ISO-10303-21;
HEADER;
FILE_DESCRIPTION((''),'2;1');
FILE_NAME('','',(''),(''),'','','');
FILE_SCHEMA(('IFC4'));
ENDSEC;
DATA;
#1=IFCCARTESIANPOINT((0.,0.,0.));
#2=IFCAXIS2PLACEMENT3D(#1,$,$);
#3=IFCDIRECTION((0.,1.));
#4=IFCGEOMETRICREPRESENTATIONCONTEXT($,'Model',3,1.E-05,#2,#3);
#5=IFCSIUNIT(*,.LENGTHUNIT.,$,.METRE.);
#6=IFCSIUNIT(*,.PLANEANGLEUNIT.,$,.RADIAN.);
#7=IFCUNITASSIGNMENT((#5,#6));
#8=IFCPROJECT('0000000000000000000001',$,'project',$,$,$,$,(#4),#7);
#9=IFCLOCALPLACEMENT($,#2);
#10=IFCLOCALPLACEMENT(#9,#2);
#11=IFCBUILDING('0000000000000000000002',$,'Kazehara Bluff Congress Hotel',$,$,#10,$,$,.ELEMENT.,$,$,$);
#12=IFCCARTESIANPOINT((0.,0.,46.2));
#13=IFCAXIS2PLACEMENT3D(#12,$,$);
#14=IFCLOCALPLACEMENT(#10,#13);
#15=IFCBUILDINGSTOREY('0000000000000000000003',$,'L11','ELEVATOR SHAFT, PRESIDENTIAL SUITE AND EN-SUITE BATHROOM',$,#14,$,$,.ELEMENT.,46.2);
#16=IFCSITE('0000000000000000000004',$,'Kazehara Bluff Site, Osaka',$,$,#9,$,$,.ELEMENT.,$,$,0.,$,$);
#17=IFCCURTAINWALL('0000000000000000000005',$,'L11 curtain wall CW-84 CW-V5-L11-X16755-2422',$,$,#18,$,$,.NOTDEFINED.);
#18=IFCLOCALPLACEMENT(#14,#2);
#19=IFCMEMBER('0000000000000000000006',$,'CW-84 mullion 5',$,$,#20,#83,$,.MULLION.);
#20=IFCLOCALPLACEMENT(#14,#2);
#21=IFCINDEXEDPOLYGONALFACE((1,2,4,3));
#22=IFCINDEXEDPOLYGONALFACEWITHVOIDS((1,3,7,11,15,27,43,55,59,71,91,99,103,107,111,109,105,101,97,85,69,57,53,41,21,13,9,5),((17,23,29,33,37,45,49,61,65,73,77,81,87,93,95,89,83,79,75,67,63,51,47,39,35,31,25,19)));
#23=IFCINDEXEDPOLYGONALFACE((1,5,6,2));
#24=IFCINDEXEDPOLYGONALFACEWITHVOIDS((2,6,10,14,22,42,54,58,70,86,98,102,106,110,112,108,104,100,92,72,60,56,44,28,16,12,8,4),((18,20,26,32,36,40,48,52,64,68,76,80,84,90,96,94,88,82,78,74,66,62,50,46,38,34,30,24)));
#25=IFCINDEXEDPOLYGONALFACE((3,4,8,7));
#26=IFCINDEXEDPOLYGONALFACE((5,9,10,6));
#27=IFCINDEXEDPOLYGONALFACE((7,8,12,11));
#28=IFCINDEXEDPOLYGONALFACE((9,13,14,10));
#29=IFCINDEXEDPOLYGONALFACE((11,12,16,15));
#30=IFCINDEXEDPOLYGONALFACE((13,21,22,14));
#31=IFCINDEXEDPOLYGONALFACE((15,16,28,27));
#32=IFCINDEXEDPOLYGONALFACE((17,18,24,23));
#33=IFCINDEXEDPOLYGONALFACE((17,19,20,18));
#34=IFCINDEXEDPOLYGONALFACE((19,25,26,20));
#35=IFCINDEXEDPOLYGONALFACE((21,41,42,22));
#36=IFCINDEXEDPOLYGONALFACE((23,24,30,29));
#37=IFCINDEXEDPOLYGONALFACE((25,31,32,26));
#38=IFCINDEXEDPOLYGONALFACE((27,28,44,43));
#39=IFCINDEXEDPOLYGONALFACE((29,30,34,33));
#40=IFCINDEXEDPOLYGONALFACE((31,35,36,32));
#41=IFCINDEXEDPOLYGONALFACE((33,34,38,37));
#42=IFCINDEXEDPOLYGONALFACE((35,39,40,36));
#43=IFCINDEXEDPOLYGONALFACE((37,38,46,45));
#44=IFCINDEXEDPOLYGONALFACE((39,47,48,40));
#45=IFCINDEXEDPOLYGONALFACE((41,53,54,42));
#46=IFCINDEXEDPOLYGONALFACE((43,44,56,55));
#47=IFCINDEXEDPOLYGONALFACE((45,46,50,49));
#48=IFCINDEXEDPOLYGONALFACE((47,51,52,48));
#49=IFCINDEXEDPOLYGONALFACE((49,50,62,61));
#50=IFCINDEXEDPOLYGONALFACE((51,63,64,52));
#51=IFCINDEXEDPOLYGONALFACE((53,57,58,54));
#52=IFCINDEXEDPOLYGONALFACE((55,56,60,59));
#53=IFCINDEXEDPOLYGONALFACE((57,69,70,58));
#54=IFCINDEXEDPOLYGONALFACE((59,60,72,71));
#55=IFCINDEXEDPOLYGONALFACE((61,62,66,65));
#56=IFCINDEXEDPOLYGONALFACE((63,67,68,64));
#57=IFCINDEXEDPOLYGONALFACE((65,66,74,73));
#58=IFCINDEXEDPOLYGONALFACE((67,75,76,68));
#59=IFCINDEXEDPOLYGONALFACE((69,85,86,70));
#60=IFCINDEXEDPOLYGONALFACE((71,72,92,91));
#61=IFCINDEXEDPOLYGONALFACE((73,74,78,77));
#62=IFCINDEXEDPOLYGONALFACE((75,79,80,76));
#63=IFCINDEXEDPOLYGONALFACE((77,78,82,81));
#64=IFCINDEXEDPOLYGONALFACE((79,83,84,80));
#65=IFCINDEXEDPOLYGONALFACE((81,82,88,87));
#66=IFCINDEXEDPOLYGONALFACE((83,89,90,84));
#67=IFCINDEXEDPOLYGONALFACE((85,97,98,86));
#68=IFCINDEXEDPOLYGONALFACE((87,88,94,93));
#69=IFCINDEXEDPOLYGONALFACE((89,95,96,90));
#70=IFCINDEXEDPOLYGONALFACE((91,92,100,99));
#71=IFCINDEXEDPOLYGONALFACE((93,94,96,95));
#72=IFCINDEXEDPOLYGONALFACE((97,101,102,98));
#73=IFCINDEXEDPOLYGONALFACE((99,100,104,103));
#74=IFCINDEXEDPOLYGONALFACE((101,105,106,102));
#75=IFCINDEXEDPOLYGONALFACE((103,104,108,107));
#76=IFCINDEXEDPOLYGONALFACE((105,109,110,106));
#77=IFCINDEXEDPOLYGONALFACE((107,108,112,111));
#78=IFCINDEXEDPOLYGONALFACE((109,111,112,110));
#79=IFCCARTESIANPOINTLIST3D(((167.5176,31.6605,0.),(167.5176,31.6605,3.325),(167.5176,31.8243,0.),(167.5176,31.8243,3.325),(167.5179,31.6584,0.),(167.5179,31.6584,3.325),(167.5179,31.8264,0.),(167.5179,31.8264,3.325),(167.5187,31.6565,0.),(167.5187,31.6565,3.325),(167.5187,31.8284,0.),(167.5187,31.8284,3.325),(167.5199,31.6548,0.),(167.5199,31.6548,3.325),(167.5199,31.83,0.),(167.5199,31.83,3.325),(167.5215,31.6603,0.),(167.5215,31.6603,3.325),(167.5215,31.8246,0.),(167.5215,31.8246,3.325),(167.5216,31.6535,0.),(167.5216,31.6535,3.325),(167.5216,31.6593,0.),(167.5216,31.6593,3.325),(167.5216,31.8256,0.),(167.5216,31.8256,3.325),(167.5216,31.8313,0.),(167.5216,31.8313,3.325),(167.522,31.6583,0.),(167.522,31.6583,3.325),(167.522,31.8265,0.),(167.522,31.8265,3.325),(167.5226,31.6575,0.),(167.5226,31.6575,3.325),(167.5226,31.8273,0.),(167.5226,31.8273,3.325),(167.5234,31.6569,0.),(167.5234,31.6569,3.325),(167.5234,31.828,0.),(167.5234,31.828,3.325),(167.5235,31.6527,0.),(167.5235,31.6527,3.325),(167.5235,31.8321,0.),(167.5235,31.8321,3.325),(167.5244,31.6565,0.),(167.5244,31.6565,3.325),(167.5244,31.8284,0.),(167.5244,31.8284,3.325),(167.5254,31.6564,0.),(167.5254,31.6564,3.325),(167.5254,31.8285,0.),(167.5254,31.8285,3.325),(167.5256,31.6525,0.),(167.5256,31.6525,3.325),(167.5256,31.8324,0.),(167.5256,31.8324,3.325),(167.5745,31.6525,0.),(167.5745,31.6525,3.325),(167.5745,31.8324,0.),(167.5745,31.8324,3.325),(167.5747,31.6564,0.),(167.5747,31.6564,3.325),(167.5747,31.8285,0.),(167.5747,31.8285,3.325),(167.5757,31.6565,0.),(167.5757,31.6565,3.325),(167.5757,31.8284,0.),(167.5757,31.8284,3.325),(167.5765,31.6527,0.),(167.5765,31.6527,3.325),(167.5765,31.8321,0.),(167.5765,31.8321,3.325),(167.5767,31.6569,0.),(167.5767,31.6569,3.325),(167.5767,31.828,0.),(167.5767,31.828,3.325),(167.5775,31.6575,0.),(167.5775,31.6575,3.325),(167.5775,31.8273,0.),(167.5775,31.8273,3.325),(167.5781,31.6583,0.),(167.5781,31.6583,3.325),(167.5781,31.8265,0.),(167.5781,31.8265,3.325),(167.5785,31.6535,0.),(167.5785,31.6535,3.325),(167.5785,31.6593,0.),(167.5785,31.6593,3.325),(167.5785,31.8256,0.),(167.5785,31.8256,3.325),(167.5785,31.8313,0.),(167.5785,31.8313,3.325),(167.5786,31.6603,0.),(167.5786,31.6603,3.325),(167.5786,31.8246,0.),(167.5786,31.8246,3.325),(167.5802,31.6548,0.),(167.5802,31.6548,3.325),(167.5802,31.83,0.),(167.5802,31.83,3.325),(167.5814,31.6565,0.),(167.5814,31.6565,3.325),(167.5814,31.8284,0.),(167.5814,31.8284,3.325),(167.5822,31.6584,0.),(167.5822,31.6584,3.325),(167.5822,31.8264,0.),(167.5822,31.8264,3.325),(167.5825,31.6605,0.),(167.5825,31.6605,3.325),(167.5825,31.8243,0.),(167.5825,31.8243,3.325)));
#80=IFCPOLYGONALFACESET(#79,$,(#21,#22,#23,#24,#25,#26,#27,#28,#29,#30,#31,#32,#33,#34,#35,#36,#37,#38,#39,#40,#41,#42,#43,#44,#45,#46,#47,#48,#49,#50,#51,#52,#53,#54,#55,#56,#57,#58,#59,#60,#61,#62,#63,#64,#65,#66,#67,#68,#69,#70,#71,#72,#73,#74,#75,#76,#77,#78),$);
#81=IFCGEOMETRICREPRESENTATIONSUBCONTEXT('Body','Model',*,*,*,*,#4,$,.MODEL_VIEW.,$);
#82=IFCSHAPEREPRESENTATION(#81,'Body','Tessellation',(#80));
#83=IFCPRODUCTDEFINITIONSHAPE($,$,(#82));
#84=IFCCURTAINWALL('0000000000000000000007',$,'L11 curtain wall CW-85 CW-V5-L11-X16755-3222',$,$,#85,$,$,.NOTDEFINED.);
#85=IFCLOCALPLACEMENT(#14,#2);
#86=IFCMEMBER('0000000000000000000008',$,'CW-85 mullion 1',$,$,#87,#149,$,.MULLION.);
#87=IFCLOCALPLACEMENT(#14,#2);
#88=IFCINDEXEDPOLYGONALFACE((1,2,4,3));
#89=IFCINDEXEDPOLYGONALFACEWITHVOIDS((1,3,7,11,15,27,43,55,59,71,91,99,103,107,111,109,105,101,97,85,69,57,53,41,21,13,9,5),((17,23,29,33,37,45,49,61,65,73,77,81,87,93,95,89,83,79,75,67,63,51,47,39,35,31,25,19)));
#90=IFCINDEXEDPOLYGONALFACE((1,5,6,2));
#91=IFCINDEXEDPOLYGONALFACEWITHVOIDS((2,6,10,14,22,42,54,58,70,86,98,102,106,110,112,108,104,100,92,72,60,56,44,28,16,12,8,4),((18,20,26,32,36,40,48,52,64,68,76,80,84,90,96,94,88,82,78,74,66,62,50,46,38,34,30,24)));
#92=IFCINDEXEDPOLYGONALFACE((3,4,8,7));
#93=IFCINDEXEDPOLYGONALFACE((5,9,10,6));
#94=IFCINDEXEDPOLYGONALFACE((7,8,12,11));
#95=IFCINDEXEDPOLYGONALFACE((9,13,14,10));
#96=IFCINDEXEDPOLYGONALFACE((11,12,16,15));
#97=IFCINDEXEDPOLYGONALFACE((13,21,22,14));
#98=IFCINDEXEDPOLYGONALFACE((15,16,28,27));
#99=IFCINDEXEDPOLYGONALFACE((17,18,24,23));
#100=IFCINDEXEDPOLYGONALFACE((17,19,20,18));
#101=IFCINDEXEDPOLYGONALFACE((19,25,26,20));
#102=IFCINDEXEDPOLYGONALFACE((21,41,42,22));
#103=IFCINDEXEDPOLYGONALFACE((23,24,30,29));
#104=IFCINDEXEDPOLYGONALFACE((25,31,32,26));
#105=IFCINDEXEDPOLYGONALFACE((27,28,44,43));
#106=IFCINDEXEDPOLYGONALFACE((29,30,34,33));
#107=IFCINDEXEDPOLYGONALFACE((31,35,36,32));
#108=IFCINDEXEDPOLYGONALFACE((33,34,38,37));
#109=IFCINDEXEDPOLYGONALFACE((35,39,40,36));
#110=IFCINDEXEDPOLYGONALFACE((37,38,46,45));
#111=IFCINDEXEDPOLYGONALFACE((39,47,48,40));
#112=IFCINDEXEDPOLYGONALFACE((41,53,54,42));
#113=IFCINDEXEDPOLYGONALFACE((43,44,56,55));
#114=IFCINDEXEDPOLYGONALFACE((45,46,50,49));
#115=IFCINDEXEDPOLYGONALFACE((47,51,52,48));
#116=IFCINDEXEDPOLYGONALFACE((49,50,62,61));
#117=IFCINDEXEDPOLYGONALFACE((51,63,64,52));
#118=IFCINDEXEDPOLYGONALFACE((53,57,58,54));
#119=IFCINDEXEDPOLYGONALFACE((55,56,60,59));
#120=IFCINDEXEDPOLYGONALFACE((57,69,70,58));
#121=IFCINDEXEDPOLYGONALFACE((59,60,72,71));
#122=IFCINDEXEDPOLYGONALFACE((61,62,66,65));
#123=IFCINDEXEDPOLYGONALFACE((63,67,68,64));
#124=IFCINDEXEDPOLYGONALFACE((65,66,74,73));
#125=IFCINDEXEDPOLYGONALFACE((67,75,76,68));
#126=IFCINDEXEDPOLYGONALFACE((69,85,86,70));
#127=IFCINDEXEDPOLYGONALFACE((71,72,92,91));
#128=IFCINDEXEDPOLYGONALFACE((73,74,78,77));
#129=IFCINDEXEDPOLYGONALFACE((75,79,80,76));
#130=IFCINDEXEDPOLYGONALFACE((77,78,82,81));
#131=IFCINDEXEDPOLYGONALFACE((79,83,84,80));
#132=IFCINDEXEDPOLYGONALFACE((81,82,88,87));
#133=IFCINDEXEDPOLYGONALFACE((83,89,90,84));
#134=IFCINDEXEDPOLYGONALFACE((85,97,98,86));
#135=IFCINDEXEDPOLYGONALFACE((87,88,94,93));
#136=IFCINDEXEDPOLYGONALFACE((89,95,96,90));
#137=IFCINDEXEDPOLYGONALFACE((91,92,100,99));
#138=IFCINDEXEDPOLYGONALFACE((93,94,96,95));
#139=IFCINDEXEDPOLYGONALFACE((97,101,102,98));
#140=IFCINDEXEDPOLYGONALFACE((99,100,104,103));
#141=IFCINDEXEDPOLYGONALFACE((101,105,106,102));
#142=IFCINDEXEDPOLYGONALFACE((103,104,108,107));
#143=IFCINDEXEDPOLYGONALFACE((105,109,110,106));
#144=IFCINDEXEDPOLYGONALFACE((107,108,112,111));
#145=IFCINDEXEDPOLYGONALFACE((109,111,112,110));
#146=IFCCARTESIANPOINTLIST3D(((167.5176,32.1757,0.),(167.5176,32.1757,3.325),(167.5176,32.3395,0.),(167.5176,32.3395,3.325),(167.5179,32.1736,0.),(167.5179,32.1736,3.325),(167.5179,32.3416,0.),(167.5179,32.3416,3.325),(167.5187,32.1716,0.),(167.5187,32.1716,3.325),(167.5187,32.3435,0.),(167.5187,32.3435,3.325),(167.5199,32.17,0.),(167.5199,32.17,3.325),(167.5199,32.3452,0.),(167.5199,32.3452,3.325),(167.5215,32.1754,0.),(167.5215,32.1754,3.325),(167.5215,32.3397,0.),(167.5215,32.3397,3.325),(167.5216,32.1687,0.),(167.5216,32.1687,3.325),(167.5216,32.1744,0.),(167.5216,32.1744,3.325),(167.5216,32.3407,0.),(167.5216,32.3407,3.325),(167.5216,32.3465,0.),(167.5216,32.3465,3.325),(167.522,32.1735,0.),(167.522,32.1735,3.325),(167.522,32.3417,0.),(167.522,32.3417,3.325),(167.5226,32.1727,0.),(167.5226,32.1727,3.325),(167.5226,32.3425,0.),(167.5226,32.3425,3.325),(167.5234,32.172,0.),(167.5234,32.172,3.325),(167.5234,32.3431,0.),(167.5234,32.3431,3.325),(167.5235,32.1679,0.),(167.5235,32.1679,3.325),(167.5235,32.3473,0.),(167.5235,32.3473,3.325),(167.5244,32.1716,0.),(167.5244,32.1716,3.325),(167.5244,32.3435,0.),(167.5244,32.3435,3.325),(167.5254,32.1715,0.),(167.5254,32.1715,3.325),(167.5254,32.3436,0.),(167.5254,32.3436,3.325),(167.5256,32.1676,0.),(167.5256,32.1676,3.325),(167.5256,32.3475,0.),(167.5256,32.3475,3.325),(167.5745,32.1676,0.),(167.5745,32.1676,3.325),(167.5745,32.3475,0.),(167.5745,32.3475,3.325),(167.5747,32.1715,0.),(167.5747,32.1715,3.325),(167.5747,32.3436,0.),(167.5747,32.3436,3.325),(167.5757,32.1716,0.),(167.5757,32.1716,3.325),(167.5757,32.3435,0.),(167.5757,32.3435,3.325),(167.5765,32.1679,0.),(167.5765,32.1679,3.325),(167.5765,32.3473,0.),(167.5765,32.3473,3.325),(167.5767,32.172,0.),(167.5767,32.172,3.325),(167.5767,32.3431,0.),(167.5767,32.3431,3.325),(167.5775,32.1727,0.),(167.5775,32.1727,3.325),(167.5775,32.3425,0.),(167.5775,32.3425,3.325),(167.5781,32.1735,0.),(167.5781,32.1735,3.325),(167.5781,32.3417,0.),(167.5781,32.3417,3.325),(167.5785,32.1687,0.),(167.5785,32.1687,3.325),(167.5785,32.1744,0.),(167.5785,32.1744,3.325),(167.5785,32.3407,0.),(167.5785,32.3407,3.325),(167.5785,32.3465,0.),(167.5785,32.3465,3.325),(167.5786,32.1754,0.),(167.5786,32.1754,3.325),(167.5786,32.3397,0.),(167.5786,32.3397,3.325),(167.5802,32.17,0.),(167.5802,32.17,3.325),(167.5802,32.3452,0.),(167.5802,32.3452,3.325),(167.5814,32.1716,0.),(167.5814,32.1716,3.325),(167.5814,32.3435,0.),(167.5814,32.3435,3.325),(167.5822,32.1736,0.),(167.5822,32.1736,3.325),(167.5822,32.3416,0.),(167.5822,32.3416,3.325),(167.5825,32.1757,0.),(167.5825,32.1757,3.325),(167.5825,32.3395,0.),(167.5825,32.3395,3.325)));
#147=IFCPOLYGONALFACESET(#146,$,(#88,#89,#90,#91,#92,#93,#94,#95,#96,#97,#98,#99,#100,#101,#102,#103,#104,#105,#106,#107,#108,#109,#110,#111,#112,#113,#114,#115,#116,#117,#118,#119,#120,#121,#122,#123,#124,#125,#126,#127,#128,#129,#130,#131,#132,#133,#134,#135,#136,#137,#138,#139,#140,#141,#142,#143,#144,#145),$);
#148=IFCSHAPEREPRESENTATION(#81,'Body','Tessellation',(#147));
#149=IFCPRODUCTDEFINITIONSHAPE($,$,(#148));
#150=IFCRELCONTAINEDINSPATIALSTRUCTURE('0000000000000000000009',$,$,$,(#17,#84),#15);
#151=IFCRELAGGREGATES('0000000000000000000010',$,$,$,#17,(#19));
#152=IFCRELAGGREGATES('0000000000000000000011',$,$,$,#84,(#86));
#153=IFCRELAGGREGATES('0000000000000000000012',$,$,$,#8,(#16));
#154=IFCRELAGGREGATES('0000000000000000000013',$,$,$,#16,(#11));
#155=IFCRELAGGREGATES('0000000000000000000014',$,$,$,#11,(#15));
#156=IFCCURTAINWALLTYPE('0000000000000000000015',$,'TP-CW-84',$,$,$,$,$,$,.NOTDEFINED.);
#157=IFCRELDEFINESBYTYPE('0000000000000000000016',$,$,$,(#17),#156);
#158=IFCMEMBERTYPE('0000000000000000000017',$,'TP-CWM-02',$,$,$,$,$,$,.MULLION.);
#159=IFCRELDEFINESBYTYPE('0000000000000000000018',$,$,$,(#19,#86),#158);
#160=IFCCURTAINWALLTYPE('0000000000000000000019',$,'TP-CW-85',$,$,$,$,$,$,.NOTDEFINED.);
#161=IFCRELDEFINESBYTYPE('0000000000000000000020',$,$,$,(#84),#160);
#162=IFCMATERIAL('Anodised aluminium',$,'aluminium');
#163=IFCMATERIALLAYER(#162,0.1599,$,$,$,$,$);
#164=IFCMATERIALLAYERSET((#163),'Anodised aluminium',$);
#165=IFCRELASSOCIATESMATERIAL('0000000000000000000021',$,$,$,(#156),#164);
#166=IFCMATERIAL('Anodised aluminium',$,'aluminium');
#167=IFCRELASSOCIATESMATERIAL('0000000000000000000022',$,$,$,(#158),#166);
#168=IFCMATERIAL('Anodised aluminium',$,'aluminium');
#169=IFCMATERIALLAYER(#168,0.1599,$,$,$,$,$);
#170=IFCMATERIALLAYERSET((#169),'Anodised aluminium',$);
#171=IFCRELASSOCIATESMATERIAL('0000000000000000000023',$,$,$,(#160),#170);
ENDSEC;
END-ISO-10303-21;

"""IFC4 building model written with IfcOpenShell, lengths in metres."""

from ifc_helpers import new_model, si_unit, direction, frame, origin, origin_2d, place, context, subcontext, project, spatial, hollow_rectangle, extrude, material, layer, layer_set, material_profile, profile_set, type_object, element, aggregate, save


model = new_model("IFC4")

# Units and contexts
model_context = context("Model", 3, precision=1e-05, world=origin(), true_north=direction((0.0, 1.0)))
body_context = subcontext(model_context, "Body", "Model", "MODEL_VIEW")
ifc_project = project(units=[si_unit("LENGTHUNIT", "METRE"), si_unit("PLANEANGLEUNIT", "RADIAN")], contexts=[model_context])

# Site, building, storey
site_placement = place(None, origin())
site = spatial("IfcSite", under=ifc_project, at=site_placement, Name="Kazehara Bluff Site, Osaka", CompositionType="ELEMENT", RefElevation=0.0)
building_placement = place(site_placement, origin())
building = spatial("IfcBuilding", under=site, at=building_placement, Name="Kazehara Bluff Congress Hotel", CompositionType="ELEMENT")
storey_placement = place(building_placement, frame((0.0, 0.0, 46.2)))
storey = spatial("IfcBuildingStorey", under=building, at=storey_placement, Name="L11", Description="ELEVATOR SHAFT, PRESIDENTIAL SUITE AND EN-SUITE BATHROOM", CompositionType="ELEMENT", Elevation=46.2)

# Curtain wall, member
ifc_material_1 = material(Name="Anodised aluminium", Category="aluminium")
ifc_layer_1 = layer(ifc_material_1, 0.1599)
ifc_layer_set_1 = layer_set([ifc_layer_1], Name="Anodised aluminium")
curtain_wall_type_1 = type_object("IfcCurtainWallType", Name="TP-CW-84", PredefinedType="NOTDEFINED", material=ifc_layer_set_1)
curtain_wall_1_placement = place(storey_placement, origin())
curtain_wall_1 = element("IfcCurtainWall", 1, at=curtain_wall_1_placement, inside=storey, type_object=curtain_wall_type_1, Name="L11 curtain wall CW-84 CW-V5-L11-X16755-2422", PredefinedType="NOTDEFINED")
ifc_material_2 = material(Name="Anodised aluminium", Category="aluminium")
ifc_material_profile_1 = material_profile(ifc_material_2, hollow_rectangle(XDim=0.0649, YDim=0.1799, WallThickness=0.0039, InnerFilletRadius=0.0039, OuterFilletRadius=0.0081, at=origin_2d()))
ifc_profile_set_1 = profile_set([ifc_material_profile_1], Name="Anodised aluminium")
member_type_1 = type_object("IfcMemberType", Name="TP-CWM-02", PredefinedType="MULLION", material=ifc_profile_set_1)
member_1_placement = place(storey_placement, frame((167.55, 31.7424, 0.0), z_axis=(0.0, 0.0, 1.0), x_axis=(-1.0, 0.0, 0.0)))
member_1 = element("IfcMember", 2, at=member_1_placement, type_object=member_type_1, Name="CW-84 mullion 5", PredefinedType="MULLION", context=body_context, shape_type="SweptSolid", body=[
    extrude(hollow_rectangle(XDim=0.0649, YDim=0.1799, WallThickness=0.0039, InnerFilletRadius=0.0039, OuterFilletRadius=0.0081, at=origin_2d()), origin(), (0.0, 0.0, 1.0), 3.325),
])

# Curtain wall, member
ifc_material_3 = material(Name="Anodised aluminium", Category="aluminium")
ifc_layer_2 = layer(ifc_material_3, 0.1599)
ifc_layer_set_2 = layer_set([ifc_layer_2], Name="Anodised aluminium")
curtain_wall_type_2 = type_object("IfcCurtainWallType", Name="TP-CW-85", PredefinedType="NOTDEFINED", material=ifc_layer_set_2)
curtain_wall_2_placement = place(storey_placement, origin())
curtain_wall_2 = element("IfcCurtainWall", 3, at=curtain_wall_2_placement, inside=storey, type_object=curtain_wall_type_2, Name="L11 curtain wall CW-85 CW-V5-L11-X16755-3222", PredefinedType="NOTDEFINED")
member_2_placement = place(storey_placement, frame((167.55, 32.2576, 0.0), z_axis=(0.0, 0.0, 1.0), x_axis=(-1.0, 0.0, 0.0)))
member_2 = element("IfcMember", 4, at=member_2_placement, type_object=member_type_1, Name="CW-85 mullion 1", PredefinedType="MULLION", context=body_context, shape_type="SweptSolid", body=[
    extrude(hollow_rectangle(XDim=0.0649, YDim=0.1799, WallThickness=0.0039, InnerFilletRadius=0.0039, OuterFilletRadius=0.0081, at=origin_2d()), origin(), (0.0, 0.0, 1.0), 3.325),
])

aggregate(curtain_wall_1, [member_1])
aggregate(curtain_wall_2, [member_2])

save(model, "model.ifc")
